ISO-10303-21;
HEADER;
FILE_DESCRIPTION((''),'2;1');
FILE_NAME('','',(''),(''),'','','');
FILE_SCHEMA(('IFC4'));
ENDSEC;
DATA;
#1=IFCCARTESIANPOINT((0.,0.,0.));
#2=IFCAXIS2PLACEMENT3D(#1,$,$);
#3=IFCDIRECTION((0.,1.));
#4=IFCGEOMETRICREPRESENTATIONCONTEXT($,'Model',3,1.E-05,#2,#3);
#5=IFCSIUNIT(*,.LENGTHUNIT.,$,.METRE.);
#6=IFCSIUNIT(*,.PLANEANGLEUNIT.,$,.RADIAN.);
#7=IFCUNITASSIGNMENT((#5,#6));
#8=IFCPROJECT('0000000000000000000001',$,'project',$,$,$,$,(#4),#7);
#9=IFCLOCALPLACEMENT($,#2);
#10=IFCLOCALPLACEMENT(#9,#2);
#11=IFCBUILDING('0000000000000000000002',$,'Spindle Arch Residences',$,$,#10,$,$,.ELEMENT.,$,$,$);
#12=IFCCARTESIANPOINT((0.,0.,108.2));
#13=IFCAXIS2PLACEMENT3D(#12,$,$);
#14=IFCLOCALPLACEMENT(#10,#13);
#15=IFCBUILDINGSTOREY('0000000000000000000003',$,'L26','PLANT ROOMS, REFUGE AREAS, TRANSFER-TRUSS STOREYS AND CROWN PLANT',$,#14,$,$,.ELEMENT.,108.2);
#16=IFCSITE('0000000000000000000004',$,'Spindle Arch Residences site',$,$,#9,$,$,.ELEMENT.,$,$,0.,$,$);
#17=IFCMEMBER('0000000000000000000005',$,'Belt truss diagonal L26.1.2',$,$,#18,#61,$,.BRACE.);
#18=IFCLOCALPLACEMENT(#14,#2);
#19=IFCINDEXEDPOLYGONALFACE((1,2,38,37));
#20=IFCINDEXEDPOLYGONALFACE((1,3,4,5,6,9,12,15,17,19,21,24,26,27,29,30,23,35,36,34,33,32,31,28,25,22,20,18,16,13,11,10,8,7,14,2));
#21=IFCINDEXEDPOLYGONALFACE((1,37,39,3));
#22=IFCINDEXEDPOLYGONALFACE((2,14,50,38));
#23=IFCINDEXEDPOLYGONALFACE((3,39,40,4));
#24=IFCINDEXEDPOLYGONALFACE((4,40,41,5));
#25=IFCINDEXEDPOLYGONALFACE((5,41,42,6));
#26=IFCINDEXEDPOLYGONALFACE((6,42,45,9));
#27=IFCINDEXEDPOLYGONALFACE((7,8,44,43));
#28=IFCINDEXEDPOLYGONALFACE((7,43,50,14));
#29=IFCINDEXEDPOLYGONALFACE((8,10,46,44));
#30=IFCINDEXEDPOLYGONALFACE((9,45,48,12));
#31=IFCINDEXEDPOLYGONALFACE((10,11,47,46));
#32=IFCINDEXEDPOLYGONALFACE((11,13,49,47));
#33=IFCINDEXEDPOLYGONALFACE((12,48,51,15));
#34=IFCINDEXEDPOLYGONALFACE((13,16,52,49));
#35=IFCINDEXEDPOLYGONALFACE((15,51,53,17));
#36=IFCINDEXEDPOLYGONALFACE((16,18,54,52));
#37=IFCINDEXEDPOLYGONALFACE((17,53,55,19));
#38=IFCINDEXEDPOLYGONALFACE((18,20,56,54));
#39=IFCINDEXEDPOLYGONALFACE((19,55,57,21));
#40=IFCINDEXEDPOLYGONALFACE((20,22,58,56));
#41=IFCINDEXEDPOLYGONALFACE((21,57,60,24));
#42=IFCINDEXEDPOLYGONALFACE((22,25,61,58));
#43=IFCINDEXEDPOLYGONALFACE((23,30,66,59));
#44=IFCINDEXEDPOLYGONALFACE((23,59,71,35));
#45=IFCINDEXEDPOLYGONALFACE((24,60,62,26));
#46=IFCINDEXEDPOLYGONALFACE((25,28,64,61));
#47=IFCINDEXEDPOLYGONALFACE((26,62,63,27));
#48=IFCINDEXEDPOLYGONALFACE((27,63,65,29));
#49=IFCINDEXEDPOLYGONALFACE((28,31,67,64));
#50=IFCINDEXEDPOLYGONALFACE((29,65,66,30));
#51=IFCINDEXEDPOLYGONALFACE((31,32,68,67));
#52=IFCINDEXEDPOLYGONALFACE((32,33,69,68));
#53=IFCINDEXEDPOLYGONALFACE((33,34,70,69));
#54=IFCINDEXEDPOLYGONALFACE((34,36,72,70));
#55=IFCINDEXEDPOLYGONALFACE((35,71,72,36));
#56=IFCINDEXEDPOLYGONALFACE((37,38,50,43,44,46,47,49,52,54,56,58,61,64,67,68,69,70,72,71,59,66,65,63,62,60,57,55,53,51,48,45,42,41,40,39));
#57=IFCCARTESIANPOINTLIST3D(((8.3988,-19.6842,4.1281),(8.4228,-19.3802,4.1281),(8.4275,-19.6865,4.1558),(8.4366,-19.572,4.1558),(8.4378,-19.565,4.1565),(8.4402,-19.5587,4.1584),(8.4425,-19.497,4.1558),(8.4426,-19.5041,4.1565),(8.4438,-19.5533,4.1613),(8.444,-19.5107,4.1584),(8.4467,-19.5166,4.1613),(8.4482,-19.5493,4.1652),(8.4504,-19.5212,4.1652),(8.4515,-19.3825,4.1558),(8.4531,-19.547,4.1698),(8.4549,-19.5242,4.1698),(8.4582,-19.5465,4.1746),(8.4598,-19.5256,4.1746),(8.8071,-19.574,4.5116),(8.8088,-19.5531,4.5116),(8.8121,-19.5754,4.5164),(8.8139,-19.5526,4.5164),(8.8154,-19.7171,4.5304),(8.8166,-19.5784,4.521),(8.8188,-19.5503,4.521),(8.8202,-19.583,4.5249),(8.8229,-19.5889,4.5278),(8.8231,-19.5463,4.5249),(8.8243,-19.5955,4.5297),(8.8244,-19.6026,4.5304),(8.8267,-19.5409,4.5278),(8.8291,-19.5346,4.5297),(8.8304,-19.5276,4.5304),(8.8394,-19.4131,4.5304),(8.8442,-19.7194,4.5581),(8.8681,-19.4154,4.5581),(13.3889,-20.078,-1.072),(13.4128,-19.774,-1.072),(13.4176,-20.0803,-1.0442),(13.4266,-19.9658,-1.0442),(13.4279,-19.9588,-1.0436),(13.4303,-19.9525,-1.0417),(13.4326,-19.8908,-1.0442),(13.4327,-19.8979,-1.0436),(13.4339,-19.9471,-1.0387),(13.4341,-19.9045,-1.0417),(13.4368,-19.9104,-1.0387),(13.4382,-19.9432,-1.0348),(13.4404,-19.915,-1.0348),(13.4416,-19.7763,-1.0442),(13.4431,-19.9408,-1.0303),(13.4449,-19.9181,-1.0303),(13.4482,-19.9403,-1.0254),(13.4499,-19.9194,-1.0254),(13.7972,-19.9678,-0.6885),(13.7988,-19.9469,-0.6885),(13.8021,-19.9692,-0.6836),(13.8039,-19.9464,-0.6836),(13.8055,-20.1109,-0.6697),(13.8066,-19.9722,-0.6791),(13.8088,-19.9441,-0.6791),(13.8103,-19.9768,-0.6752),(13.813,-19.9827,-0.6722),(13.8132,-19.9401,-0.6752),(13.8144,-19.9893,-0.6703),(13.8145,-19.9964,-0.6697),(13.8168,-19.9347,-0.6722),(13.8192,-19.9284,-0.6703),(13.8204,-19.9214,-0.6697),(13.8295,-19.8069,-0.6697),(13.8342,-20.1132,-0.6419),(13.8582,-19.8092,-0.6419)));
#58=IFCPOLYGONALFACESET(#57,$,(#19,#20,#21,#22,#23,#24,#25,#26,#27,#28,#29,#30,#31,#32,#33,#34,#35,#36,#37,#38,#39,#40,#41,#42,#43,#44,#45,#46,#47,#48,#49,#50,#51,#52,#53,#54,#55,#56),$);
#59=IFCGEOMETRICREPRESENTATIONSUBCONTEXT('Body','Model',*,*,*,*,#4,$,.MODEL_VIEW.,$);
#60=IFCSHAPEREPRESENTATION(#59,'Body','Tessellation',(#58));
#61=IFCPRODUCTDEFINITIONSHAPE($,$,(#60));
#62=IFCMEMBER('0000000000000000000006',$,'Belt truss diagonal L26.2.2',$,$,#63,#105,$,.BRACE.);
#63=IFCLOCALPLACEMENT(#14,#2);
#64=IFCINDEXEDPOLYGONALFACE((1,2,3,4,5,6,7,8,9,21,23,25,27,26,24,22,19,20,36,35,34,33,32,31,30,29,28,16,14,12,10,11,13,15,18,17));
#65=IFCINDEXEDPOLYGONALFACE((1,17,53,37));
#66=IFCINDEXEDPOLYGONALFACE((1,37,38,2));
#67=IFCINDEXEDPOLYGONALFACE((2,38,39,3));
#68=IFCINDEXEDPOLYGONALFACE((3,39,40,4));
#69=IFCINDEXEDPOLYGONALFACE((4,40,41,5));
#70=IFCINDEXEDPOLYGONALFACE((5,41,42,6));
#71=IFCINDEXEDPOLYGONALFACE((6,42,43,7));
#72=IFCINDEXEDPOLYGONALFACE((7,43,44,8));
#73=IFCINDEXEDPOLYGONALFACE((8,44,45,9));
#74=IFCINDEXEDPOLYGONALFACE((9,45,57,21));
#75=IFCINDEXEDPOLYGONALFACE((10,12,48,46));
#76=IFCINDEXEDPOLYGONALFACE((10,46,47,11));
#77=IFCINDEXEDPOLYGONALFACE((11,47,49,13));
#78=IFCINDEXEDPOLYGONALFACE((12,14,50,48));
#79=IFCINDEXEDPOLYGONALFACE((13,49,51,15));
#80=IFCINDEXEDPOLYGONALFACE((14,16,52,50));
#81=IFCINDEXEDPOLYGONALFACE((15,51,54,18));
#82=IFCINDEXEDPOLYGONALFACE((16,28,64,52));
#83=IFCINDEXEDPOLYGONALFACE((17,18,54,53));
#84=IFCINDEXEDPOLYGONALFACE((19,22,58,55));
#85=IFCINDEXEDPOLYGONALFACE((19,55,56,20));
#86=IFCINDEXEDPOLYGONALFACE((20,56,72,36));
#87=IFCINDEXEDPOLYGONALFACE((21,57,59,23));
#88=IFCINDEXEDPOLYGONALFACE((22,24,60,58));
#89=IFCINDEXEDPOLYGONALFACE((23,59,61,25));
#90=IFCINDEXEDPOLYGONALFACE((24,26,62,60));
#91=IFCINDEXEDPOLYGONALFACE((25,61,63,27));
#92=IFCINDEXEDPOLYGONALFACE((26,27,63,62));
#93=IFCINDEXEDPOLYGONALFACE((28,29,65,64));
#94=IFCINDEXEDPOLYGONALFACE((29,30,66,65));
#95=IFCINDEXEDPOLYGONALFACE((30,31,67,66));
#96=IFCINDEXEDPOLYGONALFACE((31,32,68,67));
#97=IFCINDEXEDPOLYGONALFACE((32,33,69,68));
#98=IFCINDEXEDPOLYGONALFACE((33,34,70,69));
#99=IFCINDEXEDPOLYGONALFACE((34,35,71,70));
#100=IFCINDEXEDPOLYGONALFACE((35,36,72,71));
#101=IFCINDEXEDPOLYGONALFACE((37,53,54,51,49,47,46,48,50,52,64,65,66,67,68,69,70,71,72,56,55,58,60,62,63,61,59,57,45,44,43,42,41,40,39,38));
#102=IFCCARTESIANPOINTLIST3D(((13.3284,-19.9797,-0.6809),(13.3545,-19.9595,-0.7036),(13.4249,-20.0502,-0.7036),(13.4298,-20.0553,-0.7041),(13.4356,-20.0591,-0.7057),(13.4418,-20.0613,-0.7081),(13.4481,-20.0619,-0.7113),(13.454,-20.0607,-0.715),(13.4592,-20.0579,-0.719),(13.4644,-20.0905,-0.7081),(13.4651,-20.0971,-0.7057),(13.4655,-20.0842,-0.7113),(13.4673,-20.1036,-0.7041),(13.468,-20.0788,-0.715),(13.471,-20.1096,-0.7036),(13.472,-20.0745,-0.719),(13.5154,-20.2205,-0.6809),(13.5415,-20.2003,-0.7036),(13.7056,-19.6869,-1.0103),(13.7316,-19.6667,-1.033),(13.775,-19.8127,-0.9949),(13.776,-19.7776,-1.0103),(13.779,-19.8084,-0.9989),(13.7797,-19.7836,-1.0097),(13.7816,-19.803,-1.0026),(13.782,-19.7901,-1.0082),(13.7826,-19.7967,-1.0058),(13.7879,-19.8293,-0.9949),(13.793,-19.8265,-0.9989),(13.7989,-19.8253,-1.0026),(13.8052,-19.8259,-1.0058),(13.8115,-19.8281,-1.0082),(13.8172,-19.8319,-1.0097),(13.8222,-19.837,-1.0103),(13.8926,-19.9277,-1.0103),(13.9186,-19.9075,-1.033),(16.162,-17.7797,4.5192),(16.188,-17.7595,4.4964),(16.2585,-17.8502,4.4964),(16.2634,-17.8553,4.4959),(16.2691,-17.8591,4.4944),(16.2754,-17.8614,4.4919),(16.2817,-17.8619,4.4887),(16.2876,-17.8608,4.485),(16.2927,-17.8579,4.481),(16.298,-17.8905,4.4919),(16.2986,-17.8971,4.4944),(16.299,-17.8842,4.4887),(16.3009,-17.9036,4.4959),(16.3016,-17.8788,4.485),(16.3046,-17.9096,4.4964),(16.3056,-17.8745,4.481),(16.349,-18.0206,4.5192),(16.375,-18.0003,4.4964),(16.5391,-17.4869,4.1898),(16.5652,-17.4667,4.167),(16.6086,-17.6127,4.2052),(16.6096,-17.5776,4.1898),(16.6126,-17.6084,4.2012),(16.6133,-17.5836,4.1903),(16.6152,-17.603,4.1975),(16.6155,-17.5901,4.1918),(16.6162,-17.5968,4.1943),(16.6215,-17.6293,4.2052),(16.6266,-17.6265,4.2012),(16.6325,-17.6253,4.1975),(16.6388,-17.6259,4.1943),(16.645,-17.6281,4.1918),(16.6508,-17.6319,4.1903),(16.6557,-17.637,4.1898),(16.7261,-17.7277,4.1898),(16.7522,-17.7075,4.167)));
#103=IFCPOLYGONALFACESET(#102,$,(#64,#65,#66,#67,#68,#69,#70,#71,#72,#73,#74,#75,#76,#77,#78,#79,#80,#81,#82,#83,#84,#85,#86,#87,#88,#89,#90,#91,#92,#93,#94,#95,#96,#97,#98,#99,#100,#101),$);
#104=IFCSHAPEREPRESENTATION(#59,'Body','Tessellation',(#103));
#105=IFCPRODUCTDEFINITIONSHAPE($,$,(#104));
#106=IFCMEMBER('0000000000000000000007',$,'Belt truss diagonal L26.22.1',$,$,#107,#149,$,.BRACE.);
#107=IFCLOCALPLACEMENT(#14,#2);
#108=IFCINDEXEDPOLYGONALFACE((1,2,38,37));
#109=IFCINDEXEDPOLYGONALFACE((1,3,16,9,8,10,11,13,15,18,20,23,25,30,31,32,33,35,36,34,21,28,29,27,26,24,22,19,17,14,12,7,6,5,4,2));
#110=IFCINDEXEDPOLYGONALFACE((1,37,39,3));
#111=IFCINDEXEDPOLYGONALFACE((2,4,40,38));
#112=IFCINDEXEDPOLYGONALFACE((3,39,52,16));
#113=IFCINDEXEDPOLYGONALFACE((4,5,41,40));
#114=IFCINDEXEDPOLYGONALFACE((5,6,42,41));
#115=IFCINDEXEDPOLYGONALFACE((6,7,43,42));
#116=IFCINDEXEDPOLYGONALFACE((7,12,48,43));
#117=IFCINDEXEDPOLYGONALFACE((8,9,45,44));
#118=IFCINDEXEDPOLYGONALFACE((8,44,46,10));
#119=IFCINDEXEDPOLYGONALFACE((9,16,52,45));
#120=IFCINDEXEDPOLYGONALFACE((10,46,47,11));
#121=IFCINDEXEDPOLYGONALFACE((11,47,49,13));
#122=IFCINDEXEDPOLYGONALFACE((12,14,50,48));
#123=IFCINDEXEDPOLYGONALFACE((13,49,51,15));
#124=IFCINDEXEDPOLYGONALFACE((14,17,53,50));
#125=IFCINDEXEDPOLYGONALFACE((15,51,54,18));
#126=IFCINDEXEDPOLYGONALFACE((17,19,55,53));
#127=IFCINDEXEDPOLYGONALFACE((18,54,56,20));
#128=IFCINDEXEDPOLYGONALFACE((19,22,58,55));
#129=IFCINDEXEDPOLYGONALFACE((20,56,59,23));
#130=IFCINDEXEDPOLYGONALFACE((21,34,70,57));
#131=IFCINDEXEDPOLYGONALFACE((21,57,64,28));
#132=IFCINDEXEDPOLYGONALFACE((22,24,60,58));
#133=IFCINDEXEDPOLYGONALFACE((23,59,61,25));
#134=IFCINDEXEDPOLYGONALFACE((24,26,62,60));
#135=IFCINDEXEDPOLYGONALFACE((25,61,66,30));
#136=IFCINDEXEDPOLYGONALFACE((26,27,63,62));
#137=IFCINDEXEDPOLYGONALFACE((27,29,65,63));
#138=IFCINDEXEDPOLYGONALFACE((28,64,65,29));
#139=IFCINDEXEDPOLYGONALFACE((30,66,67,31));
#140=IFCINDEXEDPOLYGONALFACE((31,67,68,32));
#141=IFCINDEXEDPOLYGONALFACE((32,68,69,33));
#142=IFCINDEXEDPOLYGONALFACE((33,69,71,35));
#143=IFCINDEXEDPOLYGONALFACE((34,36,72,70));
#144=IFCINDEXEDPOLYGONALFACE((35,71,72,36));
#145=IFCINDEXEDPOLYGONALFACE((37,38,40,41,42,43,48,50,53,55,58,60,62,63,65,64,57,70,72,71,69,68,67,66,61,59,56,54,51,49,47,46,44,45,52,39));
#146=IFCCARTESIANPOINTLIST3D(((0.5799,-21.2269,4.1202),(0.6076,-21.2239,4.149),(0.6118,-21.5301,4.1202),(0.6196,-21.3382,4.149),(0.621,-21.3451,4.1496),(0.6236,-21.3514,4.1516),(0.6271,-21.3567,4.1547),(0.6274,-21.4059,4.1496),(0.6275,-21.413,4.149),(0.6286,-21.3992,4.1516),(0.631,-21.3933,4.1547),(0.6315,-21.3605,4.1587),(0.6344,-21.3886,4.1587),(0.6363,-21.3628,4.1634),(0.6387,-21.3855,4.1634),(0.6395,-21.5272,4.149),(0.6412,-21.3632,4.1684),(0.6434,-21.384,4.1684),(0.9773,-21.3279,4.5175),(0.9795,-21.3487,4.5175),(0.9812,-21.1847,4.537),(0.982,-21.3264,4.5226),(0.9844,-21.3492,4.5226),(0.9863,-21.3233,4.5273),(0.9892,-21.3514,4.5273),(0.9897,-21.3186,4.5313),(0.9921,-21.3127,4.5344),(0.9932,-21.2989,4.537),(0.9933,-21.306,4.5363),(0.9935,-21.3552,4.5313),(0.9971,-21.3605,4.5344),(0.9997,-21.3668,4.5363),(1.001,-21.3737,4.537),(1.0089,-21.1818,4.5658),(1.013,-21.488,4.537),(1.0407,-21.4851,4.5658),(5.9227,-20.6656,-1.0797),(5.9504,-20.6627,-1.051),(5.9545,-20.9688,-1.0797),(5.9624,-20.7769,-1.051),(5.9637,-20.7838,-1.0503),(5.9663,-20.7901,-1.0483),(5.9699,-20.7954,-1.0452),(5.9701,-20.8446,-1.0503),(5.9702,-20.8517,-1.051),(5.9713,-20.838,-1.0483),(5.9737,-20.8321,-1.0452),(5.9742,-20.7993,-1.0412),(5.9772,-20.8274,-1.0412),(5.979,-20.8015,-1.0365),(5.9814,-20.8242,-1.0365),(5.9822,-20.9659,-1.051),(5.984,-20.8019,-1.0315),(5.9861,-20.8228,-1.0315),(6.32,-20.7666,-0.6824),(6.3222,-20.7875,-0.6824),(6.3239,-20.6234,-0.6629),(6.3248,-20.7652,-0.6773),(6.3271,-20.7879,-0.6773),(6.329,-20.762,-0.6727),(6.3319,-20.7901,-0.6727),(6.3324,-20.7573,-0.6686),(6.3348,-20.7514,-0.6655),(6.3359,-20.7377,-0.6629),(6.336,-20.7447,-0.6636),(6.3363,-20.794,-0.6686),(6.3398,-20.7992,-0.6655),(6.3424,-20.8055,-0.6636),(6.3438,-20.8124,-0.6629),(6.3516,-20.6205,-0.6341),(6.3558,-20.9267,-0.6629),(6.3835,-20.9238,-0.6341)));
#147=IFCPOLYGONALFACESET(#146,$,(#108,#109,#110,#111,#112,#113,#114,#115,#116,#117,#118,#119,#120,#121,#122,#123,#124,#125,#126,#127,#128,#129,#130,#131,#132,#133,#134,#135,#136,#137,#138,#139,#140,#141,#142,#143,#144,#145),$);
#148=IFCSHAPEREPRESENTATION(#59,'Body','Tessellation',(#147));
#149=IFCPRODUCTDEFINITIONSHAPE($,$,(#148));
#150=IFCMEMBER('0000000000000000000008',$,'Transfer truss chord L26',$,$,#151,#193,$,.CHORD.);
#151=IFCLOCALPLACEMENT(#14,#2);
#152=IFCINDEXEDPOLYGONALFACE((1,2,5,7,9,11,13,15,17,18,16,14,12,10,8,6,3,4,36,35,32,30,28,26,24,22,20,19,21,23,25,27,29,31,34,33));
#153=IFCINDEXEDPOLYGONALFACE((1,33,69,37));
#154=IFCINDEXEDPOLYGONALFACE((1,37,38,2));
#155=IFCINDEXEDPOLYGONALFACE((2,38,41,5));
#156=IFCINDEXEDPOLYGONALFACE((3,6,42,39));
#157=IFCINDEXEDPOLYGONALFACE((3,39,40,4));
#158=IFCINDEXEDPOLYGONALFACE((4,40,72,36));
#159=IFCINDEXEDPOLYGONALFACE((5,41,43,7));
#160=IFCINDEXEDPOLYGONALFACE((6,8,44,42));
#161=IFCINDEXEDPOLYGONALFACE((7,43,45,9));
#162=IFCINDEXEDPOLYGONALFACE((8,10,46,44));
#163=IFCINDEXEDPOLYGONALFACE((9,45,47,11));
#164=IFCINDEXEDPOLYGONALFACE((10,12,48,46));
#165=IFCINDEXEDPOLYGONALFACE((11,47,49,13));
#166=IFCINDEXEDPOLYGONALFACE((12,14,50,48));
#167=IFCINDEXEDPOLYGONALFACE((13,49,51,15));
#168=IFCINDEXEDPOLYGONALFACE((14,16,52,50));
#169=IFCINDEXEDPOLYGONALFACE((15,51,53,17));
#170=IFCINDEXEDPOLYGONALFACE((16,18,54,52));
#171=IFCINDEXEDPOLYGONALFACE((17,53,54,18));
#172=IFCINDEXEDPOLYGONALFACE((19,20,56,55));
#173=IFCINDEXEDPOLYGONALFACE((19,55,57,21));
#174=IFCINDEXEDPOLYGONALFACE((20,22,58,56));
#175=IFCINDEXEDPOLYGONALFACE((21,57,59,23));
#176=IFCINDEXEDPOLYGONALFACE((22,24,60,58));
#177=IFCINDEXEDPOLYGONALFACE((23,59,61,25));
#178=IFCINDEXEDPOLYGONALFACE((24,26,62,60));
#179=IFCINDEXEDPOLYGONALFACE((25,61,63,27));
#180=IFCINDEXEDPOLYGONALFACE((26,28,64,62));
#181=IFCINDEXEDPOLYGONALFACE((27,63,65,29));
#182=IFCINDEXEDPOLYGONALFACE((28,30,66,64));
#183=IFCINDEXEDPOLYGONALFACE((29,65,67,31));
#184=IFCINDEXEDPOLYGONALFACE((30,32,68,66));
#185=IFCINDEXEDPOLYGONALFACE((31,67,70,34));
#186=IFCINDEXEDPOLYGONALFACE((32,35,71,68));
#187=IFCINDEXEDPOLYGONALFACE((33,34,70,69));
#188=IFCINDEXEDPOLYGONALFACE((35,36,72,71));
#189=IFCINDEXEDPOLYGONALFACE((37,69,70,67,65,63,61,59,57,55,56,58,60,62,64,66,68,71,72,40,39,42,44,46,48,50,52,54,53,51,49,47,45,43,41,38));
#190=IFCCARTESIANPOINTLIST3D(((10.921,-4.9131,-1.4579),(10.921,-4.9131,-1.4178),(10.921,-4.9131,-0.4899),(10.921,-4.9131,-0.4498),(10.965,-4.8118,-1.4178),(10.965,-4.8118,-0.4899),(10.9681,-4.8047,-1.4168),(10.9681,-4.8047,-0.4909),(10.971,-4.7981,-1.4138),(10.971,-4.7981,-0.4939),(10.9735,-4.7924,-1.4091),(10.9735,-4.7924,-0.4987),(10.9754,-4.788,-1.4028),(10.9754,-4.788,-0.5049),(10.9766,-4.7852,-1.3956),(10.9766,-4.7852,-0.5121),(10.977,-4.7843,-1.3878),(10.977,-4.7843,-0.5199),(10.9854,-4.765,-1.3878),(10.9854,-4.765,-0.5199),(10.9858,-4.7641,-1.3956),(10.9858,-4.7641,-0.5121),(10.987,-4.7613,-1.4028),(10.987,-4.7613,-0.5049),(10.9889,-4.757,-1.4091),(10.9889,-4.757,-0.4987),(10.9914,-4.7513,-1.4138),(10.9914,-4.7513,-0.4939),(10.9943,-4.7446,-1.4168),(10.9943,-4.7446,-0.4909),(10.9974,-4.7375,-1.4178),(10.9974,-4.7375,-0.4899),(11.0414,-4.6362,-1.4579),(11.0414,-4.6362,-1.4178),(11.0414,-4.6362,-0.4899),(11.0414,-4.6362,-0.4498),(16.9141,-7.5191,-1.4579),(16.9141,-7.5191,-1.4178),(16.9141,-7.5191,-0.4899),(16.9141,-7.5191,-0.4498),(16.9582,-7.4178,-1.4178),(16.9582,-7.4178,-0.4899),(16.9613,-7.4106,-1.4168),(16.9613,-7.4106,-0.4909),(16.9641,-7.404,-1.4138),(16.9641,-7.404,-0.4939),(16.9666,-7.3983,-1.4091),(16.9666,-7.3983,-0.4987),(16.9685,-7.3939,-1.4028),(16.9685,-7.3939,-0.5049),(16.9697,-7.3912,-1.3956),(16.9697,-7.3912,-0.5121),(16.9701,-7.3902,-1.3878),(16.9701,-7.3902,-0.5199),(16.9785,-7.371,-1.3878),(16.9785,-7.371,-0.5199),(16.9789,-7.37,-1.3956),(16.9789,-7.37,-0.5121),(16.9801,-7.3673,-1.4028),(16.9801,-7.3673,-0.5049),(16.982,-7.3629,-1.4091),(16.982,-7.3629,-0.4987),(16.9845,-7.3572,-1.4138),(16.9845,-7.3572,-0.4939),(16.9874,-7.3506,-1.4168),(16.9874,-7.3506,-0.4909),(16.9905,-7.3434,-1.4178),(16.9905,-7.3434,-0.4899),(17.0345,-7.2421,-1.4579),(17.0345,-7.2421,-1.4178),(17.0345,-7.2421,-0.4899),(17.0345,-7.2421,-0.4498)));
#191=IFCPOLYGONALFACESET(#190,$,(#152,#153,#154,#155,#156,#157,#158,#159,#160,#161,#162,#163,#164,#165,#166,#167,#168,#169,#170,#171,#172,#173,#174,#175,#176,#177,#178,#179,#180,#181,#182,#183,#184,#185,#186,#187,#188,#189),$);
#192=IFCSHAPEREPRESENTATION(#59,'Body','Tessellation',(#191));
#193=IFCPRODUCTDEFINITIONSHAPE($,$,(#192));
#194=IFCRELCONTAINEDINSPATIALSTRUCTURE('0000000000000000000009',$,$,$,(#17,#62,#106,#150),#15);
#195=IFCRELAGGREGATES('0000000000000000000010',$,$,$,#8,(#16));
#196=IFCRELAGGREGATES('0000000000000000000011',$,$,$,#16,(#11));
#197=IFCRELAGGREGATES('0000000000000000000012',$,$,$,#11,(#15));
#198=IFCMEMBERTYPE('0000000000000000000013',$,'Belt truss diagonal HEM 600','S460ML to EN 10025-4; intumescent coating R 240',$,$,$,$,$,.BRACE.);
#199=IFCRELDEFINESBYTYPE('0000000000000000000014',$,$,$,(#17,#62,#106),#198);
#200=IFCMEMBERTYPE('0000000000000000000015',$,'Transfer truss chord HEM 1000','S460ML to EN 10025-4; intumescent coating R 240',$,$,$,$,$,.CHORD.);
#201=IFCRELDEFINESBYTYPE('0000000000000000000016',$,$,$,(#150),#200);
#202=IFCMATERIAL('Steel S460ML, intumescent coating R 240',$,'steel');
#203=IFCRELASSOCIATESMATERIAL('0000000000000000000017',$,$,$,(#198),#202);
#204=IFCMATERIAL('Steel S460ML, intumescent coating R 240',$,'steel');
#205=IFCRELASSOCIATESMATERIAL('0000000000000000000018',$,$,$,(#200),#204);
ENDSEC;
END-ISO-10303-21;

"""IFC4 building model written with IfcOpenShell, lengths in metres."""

from ifc_helpers import new_model, si_unit, direction, frame, origin, origin_2d, place, context, subcontext, project, spatial, i_section, extrude, material, material_profile, profile_set, type_object, element, save


model = new_model("IFC4")

# Units and contexts
model_context = context("Model", 3, precision=1e-05, world=origin(), true_north=direction((0.0, 1.0)))
body_context = subcontext(model_context, "Body", "Model", "MODEL_VIEW")
ifc_project = project(units=[si_unit("LENGTHUNIT", "METRE"), si_unit("PLANEANGLEUNIT", "RADIAN")], contexts=[model_context])

# Site, building, storey
site_placement = place(None, origin())
site = spatial("IfcSite", under=ifc_project, at=site_placement, Name="Spindle Arch Residences site", CompositionType="ELEMENT", RefElevation=0.0)
building_placement = place(site_placement, origin())
building = spatial("IfcBuilding", under=site, at=building_placement, Name="Spindle Arch Residences", CompositionType="ELEMENT")
storey_placement = place(building_placement, frame((0.0, 0.0, 108.2)))
storey = spatial("IfcBuildingStorey", under=building, at=storey_placement, Name="L26", Description="PLANT ROOMS, REFUGE AREAS, TRANSFER-TRUSS STOREYS AND CROWN PLANT", CompositionType="ELEMENT", Elevation=108.2)

# Members
ifc_material_1 = material(Name="Steel S460ML, intumescent coating R 240", Category="steel")
ifc_material_profile_1 = material_profile(ifc_material_1, i_section(OverallWidth=0.3049, OverallDepth=0.6201, WebThickness=0.021, FlangeThickness=0.04, FilletRadius=0.0271, at=origin_2d()), Name="HEM 600")
ifc_profile_set_1 = profile_set([ifc_material_profile_1], Name="Steel S460ML, intumescent coating R 240")
member_type_1 = type_object("IfcMemberType", Name="Belt truss diagonal HEM 600", Description="S460ML to EN 10025-4; intumescent coating R 240", PredefinedType="BRACE", material=ifc_profile_set_1)
member_1_placement = place(storey_placement, frame((13.6235, -19.9436, -0.8569), z_axis=(-0.691359, 0.05456, 0.720449), x_axis=(-0.078673, -0.9969, 0.0)))
element("IfcMember", 1, at=member_1_placement, inside=storey, type_object=member_type_1, Name="Belt truss diagonal L26.1.2", PredefinedType="BRACE", context=body_context, shape_type="SweptSolid", body=[
    extrude(i_section(OverallWidth=0.3049, OverallDepth=0.6201, WebThickness=0.021, FlangeThickness=0.04, FilletRadius=0.0271, at=origin_2d()), origin(), (0.0, 0.0, 1.0), 7.2178),
])
member_2_placement = place(storey_placement, frame((13.6235, -19.9436, -0.8569), z_axis=(0.448531, 0.348244, 0.823132), x_axis=(-0.613267, 0.789876, 0.0)))
element("IfcMember", 2, at=member_2_placement, inside=storey, type_object=member_type_1, Name="Belt truss diagonal L26.2.2", PredefinedType="BRACE", context=body_context, shape_type="SweptSolid", body=[
    extrude(i_section(OverallWidth=0.3049, OverallDepth=0.6201, WebThickness=0.021, FlangeThickness=0.04, FilletRadius=0.0271, at=origin_2d()), origin(), (0.0, 0.0, 1.0), 6.3174),
])
member_3_placement = place(storey_placement, frame((6.1531, -20.7947, -0.8569), z_axis=(-0.714598, -0.075071, 0.695495), x_axis=(0.104479, -0.994527, 0.0)))
element("IfcMember", 3, at=member_3_placement, inside=storey, type_object=member_type_1, Name="Belt truss diagonal L26.22.1", PredefinedType="BRACE", context=body_context, shape_type="SweptSolid", body=[
    extrude(i_section(OverallWidth=0.3049, OverallDepth=0.6201, WebThickness=0.021, FlangeThickness=0.04, FilletRadius=0.0271, at=origin_2d()), origin(), (0.0, 0.0, 1.0), 7.4766),
])
ifc_material_2 = material(Name="Steel S460ML, intumescent coating R 240", Category="steel")
ifc_material_profile_2 = material_profile(ifc_material_2, i_section(OverallWidth=0.302, OverallDepth=1.0081, WebThickness=0.021, FlangeThickness=0.04, FilletRadius=0.03, at=origin_2d()), Name="HEM 1000")
ifc_profile_set_2 = profile_set([ifc_material_profile_2], Name="Steel S460ML, intumescent coating R 240")
member_type_2 = type_object("IfcMemberType", Name="Transfer truss chord HEM 1000", Description="S460ML to EN 10025-4; intumescent coating R 240", PredefinedType="CHORD", material=ifc_profile_set_2)
for number, where, z_axis, x_axis, name in (
    (4, (10.9812, -4.7747, -0.9539), (0.917057, -0.398756, 0.0), (0.398756, 0.917057, 0.0), "Transfer truss chord L26"),
):
    element("IfcMember", number, at=place(storey_placement, frame(where, z_axis=z_axis, x_axis=x_axis)), inside=storey, type_object=member_type_2, Name=name, PredefinedType="CHORD", context=body_context, shape_type="SweptSolid", body=[
        extrude(i_section(OverallWidth=0.302, OverallDepth=1.0081, WebThickness=0.021, FlangeThickness=0.04, FilletRadius=0.03, at=origin_2d()), origin(), (0.0, 0.0, 1.0), 6.5352),
    ])

save(model, "model.ifc")
